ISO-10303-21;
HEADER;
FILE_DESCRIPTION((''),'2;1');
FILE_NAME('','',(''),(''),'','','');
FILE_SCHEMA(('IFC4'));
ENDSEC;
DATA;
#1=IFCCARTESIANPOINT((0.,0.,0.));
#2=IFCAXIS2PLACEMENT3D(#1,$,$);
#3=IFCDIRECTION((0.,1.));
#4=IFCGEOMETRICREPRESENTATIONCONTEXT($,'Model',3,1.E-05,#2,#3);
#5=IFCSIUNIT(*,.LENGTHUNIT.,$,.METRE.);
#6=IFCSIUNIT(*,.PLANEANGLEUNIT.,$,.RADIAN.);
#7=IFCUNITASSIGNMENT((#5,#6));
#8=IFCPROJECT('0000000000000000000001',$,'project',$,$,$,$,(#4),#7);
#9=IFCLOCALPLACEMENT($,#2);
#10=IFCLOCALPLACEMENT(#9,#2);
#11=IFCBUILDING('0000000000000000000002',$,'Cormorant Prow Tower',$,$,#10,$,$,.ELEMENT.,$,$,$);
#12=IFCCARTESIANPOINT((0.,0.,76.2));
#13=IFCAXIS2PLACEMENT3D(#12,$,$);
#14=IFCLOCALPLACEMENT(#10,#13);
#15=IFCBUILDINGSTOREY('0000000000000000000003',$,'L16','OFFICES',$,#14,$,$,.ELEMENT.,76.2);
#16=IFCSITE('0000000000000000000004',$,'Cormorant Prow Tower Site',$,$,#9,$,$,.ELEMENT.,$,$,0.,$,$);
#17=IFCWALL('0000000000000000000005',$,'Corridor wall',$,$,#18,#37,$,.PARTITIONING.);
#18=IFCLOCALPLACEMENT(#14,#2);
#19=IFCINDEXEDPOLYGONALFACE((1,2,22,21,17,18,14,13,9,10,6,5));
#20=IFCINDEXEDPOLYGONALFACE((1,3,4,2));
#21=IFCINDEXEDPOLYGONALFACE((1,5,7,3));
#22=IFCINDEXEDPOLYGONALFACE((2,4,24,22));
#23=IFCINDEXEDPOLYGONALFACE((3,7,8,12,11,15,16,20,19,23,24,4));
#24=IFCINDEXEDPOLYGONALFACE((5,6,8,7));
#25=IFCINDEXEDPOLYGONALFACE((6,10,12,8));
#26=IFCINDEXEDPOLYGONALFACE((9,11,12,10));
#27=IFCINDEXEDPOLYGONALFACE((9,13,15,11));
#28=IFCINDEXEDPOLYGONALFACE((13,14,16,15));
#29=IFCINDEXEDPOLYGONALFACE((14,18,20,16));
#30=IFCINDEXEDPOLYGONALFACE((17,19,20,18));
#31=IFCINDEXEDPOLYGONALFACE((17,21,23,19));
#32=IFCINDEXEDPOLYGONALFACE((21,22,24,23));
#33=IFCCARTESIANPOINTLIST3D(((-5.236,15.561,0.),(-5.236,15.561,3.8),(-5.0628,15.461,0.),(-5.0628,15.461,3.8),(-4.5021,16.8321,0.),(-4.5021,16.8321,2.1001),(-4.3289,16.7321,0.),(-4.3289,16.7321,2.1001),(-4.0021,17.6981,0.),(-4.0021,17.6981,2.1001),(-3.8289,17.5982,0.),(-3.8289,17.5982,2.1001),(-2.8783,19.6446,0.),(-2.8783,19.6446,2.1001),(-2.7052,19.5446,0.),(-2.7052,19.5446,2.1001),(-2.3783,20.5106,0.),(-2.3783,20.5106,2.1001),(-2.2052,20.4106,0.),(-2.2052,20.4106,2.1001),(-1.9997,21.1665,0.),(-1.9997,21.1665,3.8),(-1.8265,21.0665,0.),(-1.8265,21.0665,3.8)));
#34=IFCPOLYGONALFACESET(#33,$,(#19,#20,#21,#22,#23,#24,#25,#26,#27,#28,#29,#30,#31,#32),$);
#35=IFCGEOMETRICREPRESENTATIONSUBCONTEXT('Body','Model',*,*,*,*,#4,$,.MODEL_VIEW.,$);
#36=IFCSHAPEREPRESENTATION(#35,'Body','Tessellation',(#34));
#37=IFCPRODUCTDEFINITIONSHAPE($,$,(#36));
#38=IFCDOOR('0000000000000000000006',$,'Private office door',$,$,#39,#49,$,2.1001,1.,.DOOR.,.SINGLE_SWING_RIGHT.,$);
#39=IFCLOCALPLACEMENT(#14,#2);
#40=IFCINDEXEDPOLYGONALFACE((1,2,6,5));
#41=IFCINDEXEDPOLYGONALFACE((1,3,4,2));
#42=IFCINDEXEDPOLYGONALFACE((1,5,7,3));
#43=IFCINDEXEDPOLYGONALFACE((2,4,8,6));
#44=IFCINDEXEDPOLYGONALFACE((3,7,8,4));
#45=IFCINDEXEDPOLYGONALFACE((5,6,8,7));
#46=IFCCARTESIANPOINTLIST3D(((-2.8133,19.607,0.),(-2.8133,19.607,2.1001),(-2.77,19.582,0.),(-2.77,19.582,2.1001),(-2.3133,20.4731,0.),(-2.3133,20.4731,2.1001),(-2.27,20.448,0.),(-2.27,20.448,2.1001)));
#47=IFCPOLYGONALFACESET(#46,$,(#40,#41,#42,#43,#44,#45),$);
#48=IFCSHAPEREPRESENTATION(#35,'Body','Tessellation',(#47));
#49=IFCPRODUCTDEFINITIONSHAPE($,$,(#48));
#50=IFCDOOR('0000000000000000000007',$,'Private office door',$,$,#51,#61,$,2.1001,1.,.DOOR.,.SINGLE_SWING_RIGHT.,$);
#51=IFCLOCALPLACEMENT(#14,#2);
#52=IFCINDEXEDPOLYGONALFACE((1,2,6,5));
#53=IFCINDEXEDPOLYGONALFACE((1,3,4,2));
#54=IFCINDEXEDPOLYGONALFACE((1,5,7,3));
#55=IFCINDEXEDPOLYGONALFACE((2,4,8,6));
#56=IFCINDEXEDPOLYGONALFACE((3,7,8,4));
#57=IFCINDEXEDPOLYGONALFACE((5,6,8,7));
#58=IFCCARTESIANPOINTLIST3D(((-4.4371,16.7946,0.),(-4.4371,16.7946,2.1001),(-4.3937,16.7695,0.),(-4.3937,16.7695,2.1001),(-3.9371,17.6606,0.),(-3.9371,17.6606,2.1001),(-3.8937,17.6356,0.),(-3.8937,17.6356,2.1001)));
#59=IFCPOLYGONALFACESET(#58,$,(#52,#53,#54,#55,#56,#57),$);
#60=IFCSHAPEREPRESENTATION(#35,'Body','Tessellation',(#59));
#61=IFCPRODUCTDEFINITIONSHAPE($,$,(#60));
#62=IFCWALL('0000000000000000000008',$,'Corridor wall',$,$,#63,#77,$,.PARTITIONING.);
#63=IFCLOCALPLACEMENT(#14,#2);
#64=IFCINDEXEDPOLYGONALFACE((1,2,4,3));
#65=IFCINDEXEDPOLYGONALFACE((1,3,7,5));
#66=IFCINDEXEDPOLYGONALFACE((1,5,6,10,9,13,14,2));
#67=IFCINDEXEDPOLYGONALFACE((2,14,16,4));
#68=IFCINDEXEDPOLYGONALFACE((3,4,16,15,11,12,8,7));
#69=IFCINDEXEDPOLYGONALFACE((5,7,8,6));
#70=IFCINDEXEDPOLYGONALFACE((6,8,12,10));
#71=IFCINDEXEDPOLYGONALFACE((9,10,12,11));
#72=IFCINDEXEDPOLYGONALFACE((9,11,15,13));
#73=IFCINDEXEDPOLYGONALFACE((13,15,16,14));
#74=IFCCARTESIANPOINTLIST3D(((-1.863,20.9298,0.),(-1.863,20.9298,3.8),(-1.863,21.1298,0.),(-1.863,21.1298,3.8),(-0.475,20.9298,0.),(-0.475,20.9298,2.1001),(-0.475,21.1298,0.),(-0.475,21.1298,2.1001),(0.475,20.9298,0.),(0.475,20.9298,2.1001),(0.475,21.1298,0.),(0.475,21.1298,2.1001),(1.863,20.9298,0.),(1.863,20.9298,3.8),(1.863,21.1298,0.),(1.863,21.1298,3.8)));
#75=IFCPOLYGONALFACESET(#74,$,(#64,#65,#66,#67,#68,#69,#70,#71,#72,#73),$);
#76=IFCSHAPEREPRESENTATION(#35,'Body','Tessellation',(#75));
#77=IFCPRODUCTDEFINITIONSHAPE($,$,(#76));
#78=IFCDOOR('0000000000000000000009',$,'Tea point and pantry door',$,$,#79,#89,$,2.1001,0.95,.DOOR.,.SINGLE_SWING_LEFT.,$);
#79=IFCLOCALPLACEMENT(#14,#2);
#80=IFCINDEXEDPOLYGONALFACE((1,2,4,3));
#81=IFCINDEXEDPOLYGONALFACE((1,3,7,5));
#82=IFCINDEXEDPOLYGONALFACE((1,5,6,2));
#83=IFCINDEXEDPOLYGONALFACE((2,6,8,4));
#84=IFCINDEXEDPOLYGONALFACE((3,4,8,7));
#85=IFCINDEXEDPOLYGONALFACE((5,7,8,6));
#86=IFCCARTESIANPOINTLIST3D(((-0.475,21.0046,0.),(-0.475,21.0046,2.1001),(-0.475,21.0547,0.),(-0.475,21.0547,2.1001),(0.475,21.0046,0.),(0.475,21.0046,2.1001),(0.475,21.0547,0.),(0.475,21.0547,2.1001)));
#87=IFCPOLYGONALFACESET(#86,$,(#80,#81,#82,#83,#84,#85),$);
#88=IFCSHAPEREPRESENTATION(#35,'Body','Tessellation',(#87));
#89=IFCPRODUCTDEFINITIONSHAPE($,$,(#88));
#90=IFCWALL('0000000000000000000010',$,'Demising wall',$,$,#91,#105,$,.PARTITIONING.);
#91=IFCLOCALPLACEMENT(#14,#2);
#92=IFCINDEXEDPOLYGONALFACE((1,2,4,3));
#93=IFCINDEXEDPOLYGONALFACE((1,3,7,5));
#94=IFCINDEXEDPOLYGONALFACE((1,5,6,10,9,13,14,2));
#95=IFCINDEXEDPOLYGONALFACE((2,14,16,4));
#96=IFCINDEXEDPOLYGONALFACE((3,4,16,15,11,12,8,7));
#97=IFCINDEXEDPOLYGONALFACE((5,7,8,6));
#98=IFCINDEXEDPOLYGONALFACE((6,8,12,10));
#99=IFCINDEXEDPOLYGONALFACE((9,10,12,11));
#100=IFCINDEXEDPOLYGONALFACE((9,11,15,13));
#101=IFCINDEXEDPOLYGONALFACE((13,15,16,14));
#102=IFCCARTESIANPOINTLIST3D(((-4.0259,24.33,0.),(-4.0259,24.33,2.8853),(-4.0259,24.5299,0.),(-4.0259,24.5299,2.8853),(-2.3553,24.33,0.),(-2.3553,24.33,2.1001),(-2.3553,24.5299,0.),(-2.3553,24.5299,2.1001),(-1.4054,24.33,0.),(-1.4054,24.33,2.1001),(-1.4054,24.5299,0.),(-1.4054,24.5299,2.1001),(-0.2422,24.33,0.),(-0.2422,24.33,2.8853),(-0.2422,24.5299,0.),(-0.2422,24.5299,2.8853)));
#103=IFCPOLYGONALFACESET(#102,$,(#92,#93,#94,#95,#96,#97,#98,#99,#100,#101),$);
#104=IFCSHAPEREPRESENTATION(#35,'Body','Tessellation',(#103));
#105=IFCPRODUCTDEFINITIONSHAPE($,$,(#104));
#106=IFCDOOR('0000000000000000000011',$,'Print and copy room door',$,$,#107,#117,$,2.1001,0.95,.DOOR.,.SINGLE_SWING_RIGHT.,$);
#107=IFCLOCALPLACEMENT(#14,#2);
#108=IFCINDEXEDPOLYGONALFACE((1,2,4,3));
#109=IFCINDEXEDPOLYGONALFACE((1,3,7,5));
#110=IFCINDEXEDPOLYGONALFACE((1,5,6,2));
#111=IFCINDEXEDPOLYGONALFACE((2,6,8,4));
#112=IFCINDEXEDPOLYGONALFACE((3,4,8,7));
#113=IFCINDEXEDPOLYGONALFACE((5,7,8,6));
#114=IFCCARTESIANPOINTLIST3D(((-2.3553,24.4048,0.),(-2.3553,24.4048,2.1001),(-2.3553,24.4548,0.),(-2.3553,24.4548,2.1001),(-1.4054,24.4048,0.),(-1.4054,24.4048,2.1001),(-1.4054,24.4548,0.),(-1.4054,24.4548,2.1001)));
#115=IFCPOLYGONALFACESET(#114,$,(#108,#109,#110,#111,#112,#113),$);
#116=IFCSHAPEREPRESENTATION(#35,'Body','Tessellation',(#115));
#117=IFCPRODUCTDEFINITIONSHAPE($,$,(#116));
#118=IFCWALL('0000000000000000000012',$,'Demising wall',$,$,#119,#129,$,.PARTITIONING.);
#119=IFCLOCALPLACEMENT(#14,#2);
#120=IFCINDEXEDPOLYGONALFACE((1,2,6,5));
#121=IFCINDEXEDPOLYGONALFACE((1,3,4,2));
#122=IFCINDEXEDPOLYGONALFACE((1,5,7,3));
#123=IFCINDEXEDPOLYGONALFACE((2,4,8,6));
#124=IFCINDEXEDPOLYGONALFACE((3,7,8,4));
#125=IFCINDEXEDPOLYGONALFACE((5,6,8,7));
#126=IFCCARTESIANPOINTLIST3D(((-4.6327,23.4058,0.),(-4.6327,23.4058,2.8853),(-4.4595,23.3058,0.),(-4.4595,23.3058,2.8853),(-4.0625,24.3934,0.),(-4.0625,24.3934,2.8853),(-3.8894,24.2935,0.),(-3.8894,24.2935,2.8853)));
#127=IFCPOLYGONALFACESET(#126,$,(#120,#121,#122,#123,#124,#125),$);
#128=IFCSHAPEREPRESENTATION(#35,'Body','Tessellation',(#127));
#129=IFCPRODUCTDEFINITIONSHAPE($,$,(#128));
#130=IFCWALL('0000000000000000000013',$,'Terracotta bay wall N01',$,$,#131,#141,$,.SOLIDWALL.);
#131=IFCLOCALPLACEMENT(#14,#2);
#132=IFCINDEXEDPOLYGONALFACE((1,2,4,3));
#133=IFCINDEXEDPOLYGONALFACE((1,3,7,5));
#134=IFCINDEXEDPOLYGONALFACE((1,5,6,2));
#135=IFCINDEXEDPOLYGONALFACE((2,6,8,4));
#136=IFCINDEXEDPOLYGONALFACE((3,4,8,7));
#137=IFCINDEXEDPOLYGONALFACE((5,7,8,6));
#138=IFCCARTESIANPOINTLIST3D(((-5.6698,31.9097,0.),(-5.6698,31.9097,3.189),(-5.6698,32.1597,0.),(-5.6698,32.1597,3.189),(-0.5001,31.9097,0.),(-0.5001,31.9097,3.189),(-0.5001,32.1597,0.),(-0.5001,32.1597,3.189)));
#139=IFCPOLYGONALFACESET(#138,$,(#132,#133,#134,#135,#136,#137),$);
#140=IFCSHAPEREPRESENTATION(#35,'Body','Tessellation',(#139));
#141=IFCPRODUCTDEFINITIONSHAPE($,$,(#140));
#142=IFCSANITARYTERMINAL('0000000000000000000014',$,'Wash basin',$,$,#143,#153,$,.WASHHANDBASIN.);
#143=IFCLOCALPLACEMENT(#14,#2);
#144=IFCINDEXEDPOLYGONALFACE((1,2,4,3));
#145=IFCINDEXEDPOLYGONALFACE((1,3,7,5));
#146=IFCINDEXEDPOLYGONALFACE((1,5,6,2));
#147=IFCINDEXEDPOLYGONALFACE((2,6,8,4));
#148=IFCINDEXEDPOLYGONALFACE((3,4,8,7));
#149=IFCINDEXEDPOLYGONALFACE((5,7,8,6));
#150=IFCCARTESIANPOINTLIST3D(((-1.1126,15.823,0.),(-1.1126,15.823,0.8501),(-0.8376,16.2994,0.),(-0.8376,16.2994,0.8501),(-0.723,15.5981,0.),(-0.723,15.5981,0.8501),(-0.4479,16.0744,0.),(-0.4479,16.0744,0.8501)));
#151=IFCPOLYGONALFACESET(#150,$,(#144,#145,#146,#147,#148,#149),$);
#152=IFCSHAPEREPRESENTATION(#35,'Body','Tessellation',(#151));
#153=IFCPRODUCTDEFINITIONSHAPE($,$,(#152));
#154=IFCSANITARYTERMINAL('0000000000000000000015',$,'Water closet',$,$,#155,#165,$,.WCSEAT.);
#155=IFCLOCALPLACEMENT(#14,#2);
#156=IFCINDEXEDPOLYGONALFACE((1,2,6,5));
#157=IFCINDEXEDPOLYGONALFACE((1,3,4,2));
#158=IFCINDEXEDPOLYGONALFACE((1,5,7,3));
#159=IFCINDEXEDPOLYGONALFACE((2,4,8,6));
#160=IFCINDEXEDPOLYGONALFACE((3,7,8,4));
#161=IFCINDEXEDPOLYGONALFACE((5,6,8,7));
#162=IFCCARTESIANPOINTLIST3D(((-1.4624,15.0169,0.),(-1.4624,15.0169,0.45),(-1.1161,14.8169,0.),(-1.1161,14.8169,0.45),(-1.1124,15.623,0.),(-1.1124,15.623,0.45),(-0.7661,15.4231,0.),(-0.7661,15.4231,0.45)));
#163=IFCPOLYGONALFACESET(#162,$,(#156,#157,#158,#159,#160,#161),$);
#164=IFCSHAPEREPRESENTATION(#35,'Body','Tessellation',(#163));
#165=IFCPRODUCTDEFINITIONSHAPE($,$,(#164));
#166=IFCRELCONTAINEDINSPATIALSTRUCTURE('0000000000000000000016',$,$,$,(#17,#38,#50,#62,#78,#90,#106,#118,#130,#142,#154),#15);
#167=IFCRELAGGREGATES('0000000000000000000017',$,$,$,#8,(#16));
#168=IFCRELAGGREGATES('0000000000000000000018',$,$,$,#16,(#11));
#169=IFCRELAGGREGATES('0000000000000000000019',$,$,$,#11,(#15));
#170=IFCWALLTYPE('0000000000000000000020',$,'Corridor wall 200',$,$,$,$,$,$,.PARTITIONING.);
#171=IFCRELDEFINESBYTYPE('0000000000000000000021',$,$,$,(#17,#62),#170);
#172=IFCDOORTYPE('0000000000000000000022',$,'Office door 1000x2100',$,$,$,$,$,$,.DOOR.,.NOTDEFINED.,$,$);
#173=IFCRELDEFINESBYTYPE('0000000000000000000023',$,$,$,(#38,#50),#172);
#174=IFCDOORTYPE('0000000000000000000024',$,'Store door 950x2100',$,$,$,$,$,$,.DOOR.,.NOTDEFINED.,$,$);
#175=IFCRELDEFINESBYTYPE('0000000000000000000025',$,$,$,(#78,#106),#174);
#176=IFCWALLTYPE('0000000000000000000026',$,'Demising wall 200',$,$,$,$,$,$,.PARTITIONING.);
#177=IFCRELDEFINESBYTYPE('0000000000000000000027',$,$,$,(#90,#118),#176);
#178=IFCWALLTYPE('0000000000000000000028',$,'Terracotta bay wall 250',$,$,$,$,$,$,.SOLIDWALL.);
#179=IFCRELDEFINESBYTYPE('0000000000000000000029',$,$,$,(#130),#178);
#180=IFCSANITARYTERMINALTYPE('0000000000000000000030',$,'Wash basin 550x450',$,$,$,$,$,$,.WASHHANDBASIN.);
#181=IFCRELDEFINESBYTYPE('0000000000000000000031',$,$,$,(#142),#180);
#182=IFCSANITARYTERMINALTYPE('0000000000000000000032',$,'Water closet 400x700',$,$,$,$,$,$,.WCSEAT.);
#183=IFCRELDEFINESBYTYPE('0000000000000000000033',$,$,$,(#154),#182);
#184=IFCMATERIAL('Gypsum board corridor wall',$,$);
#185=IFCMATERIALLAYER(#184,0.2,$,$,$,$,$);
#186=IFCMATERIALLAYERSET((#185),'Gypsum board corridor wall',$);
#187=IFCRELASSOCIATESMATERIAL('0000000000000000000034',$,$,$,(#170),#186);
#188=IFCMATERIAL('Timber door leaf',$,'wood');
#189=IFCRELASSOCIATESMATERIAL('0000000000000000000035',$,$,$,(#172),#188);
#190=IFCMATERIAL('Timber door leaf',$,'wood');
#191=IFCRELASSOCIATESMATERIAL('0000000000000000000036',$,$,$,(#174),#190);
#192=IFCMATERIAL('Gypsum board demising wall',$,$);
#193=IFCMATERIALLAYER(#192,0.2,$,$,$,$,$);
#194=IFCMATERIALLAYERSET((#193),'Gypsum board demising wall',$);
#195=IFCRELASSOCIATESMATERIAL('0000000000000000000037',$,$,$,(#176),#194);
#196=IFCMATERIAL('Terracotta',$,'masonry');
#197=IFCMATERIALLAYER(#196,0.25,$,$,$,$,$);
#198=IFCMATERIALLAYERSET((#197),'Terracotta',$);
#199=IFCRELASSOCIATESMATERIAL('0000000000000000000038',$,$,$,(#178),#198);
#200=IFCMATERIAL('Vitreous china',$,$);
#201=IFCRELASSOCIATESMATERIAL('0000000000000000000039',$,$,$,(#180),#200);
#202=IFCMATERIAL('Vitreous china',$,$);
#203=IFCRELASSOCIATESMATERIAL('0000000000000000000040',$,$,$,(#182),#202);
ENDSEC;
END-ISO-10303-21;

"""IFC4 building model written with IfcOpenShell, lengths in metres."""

from ifc_helpers import new_model, si_unit, direction, frame, frame_2d, origin, origin_2d, place, context, subcontext, project, spatial, rectangle, extrude, material, layer, layer_set, type_object, element, fill, save


model = new_model("IFC4")

# Units and contexts
model_context = context("Model", 3, precision=1e-05, world=origin(), true_north=direction((0.0, 1.0)))
body_context = subcontext(model_context, "Body", "Model", "MODEL_VIEW")
ifc_project = project(units=[si_unit("LENGTHUNIT", "METRE"), si_unit("PLANEANGLEUNIT", "RADIAN")], contexts=[model_context])

# Site, building, storey
site_placement = place(None, origin())
site = spatial("IfcSite", under=ifc_project, at=site_placement, Name="Cormorant Prow Tower Site", CompositionType="ELEMENT", RefElevation=0.0)
building_placement = place(site_placement, origin())
building = spatial("IfcBuilding", under=site, at=building_placement, Name="Cormorant Prow Tower", CompositionType="ELEMENT")
storey_placement = place(building_placement, frame((0.0, 0.0, 76.2)))
storey = spatial("IfcBuildingStorey", under=building, at=storey_placement, Name="L16", Description="OFFICES", CompositionType="ELEMENT", Elevation=76.2)

# Wall, openings, doors
ifc_material_1 = material(Name="Gypsum board corridor wall")
ifc_layer_1 = layer(ifc_material_1, 0.2)
ifc_layer_set_1 = layer_set([ifc_layer_1], Name="Gypsum board corridor wall")
wall_type_1 = type_object("IfcWallType", Name="Corridor wall 200", PredefinedType="PARTITIONING", material=ifc_layer_set_1)
wall_1_placement = place(storey_placement, frame((-5.1494, 15.511, 0.0), z_axis=(0.0, 0.0, 1.0), x_axis=(0.500001, 0.866025, 0.0)))
wall_1 = element("IfcWall", 1, at=wall_1_placement, inside=storey, type_object=wall_type_1, Name="Corridor wall", PredefinedType="PARTITIONING", context=body_context, shape_type="SweptSolid", body=[
    extrude(rectangle(XDim=6.4727, YDim=0.2, at=frame_2d((3.2363, 0.0))), origin(), (0.0, 0.0, 1.0), 3.8),
])
opening_1_placement = place(wall_1_placement, frame((4.7153, 0.0, 0.0)))
opening_1 = element("IfcOpeningElement", 2, at=opening_1_placement, cuts=wall_1, PredefinedType="OPENING", context=body_context, shape_type="SweptSolid", body=[
    extrude(rectangle(XDim=1.0, YDim=2.1001, at=frame_2d((0.5, 1.05))), frame((0.0, 0.1099, 0.0), z_axis=(0.0, -1.0, 0.0), x_axis=(1.0, 0.0, 0.0)), (0.0, 0.0, 1.0), 0.22),
])
opening_2_placement = place(wall_1_placement, frame((1.4678, 0.0, 0.0)))
opening_2 = element("IfcOpeningElement", 3, at=opening_2_placement, cuts=wall_1, PredefinedType="OPENING", context=body_context, shape_type="SweptSolid", body=[
    extrude(rectangle(XDim=1.0, YDim=2.1001, at=frame_2d((0.5, 1.05))), frame((0.0, 0.1099, 0.0), z_axis=(0.0, -1.0, 0.0), x_axis=(1.0, 0.0, 0.0)), (0.0, 0.0, 1.0), 0.22),
])
ifc_material_2 = material(Name="Timber door leaf", Category="wood")
door_type_1 = type_object("IfcDoorType", Name="Office door 1000x2100", OperationType="NOTDEFINED", PredefinedType="DOOR", material=ifc_material_2)
door_1_placement = place(opening_1_placement, origin())
door_1 = element("IfcDoor", 4, at=door_1_placement, inside=storey, type_object=door_type_1, Name="Private office door", OperationType="SINGLE_SWING_RIGHT", OverallHeight=2.1001, OverallWidth=1.0, PredefinedType="DOOR", context=body_context, shape_type="SweptSolid", body=[
    extrude(rectangle(XDim=1.0, YDim=2.1001, at=frame_2d((0.5, 1.05))), frame((0.0, 0.0249, 0.0), z_axis=(0.0, -1.0, 0.0), x_axis=(1.0, 0.0, 0.0)), (0.0, 0.0, 1.0), 0.05),
])
fill(opening_1, door_1)
door_2_placement = place(opening_2_placement, origin())
door_2 = element("IfcDoor", 5, at=door_2_placement, inside=storey, type_object=door_type_1, Name="Private office door", OperationType="SINGLE_SWING_RIGHT", OverallHeight=2.1001, OverallWidth=1.0, PredefinedType="DOOR", context=body_context, shape_type="SweptSolid", body=[
    extrude(rectangle(XDim=1.0, YDim=2.1001, at=frame_2d((0.5, 1.05))), frame((0.0, 0.0249, 0.0), z_axis=(0.0, -1.0, 0.0), x_axis=(1.0, 0.0, 0.0)), (0.0, 0.0, 1.0), 0.05),
])
fill(opening_2, door_2)

# Walls, openings, doors
wall_2_placement = place(storey_placement, frame((-1.863, 21.0298, 0.0), z_axis=(0.0, 0.0, 1.0), x_axis=(1.0, 0.0, 0.0)))
wall_2 = element("IfcWall", 6, at=wall_2_placement, inside=storey, type_object=wall_type_1, Name="Corridor wall", PredefinedType="PARTITIONING", context=body_context, shape_type="SweptSolid", body=[
    extrude(rectangle(XDim=3.7261, YDim=0.2, at=frame_2d((1.863, 0.0))), origin(), (0.0, 0.0, 1.0), 3.8),
])
opening_3_placement = place(wall_2_placement, frame((1.3879, 0.0, 0.0)))
opening_3 = element("IfcOpeningElement", 7, at=opening_3_placement, cuts=wall_2, PredefinedType="OPENING", context=body_context, shape_type="SweptSolid", body=[
    extrude(rectangle(XDim=0.95, YDim=2.1001, at=frame_2d((0.4751, 1.05))), frame((0.0, 0.1099, 0.0), z_axis=(0.0, -1.0, 0.0), x_axis=(1.0, 0.0, 0.0)), (0.0, 0.0, 1.0), 0.22),
])
ifc_material_3 = material(Name="Timber door leaf", Category="wood")
door_type_2 = type_object("IfcDoorType", Name="Store door 950x2100", OperationType="NOTDEFINED", PredefinedType="DOOR", material=ifc_material_3)
door_3_placement = place(opening_3_placement, origin())
door_3 = element("IfcDoor", 8, at=door_3_placement, inside=storey, type_object=door_type_2, Name="Tea point and pantry door", OperationType="SINGLE_SWING_LEFT", OverallHeight=2.1001, OverallWidth=0.95, PredefinedType="DOOR", context=body_context, shape_type="SweptSolid", body=[
    extrude(rectangle(XDim=0.95, YDim=2.1001, at=frame_2d((0.4751, 1.05))), frame((0.0, 0.0249, 0.0), z_axis=(0.0, -1.0, 0.0), x_axis=(1.0, 0.0, 0.0)), (0.0, 0.0, 1.0), 0.05),
])
fill(opening_3, door_3)
ifc_material_4 = material(Name="Gypsum board demising wall")
ifc_layer_2 = layer(ifc_material_4, 0.2)
ifc_layer_set_2 = layer_set([ifc_layer_2], Name="Gypsum board demising wall")
wall_type_2 = type_object("IfcWallType", Name="Demising wall 200", PredefinedType="PARTITIONING", material=ifc_layer_set_2)
wall_3_placement = place(storey_placement, frame((-4.0259, 24.4299, 0.0), z_axis=(0.0, 0.0, 1.0), x_axis=(1.0, 0.0, 0.0)))
wall_3 = element("IfcWall", 9, at=wall_3_placement, inside=storey, type_object=wall_type_2, Name="Demising wall", PredefinedType="PARTITIONING", context=body_context, shape_type="SweptSolid", body=[
    extrude(rectangle(XDim=3.7837, YDim=0.2, at=frame_2d((1.8918, 0.0))), origin(), (0.0, 0.0, 1.0), 2.8853),
])
opening_4_placement = place(wall_3_placement, frame((1.6704, 0.0, 0.0)))
opening_4 = element("IfcOpeningElement", 10, at=opening_4_placement, cuts=wall_3, PredefinedType="OPENING", context=body_context, shape_type="SweptSolid", body=[
    extrude(rectangle(XDim=0.95, YDim=2.1001, at=frame_2d((0.4751, 1.05))), frame((0.0, 0.1099, 0.0), z_axis=(0.0, -1.0, 0.0), x_axis=(1.0, 0.0, 0.0)), (0.0, 0.0, 1.0), 0.22),
])
door_4_placement = place(opening_4_placement, origin())
door_4 = element("IfcDoor", 11, at=door_4_placement, inside=storey, type_object=door_type_2, Name="Print and copy room door", OperationType="SINGLE_SWING_RIGHT", OverallHeight=2.1001, OverallWidth=0.95, PredefinedType="DOOR", context=body_context, shape_type="SweptSolid", body=[
    extrude(rectangle(XDim=0.95, YDim=2.1001, at=frame_2d((0.4751, 1.05))), frame((0.0, 0.0249, 0.0), z_axis=(0.0, -1.0, 0.0), x_axis=(1.0, 0.0, 0.0)), (0.0, 0.0, 1.0), 0.05),
])
fill(opening_4, door_4)

# Walls
wall_4_placement = place(storey_placement, frame((-4.5461, 23.3557, 0.0), z_axis=(0.0, 0.0, 1.0), x_axis=(0.499939, 0.866061, 0.0)))
element("IfcWall", 12, at=wall_4_placement, inside=storey, type_object=wall_type_2, Name="Demising wall", PredefinedType="PARTITIONING", context=body_context, shape_type="SweptSolid", body=[
    extrude(rectangle(XDim=1.1404, YDim=0.2, at=frame_2d((0.5703, 0.0))), origin(), (0.0, 0.0, 1.0), 2.8853),
])
ifc_material_5 = material(Name="Terracotta", Category="masonry")
ifc_layer_3 = layer(ifc_material_5, 0.25)
ifc_layer_set_3 = layer_set([ifc_layer_3], Name="Terracotta")
wall_type_3 = type_object("IfcWallType", Name="Terracotta bay wall 250", PredefinedType="SOLIDWALL", material=ifc_layer_set_3)
wall_5_placement = place(storey_placement, frame((-0.5, 32.0347, 0.0), z_axis=(0.0, 0.0, 1.0), x_axis=(-1.0, 0.0, 0.0)))
element("IfcWall", 13, at=wall_5_placement, inside=storey, type_object=wall_type_3, Name="Terracotta bay wall N01", PredefinedType="SOLIDWALL", context=body_context, shape_type="SweptSolid", body=[
    extrude(rectangle(XDim=5.1697, YDim=0.25, at=frame_2d((2.585, 0.0))), origin(), (0.0, 0.0, 1.0), 3.189),
])

# Sanitary terminals
ifc_material_6 = material(Name="Vitreous china")
sanitary_terminal_type_1 = type_object("IfcSanitaryTerminalType", Name="Wash basin 550x450", PredefinedType="WASHHANDBASIN", material=ifc_material_6)
sanitary_terminal_1_placement = place(storey_placement, frame((-0.7803, 15.9487, 0.0), z_axis=(0.0, 0.0, 1.0), x_axis=(-0.500015, -0.866017, 0.0)))
element("IfcSanitaryTerminal", 14, at=sanitary_terminal_1_placement, inside=storey, type_object=sanitary_terminal_type_1, Name="Wash basin", PredefinedType="WASHHANDBASIN", context=body_context, shape_type="SweptSolid", body=[
    extrude(rectangle(XDim=0.55, YDim=0.45, at=origin_2d()), origin(), (0.0, 0.0, 1.0), 0.8501),
])
ifc_material_7 = material(Name="Vitreous china")
sanitary_terminal_type_2 = type_object("IfcSanitaryTerminalType", Name="Water closet 400x700", PredefinedType="WCSEAT", material=ifc_material_7)
sanitary_terminal_2_placement = place(storey_placement, frame((-1.1143, 15.22, 0.0), z_axis=(0.0, 0.0, 1.0), x_axis=(0.866025, -0.5, 0.0)))
element("IfcSanitaryTerminal", 15, at=sanitary_terminal_2_placement, inside=storey, type_object=sanitary_terminal_type_2, Name="Water closet", PredefinedType="WCSEAT", context=body_context, shape_type="SweptSolid", body=[
    extrude(rectangle(XDim=0.3999, YDim=0.7, at=origin_2d()), origin(), (0.0, 0.0, 1.0), 0.45),
])

save(model, "model.ifc")
